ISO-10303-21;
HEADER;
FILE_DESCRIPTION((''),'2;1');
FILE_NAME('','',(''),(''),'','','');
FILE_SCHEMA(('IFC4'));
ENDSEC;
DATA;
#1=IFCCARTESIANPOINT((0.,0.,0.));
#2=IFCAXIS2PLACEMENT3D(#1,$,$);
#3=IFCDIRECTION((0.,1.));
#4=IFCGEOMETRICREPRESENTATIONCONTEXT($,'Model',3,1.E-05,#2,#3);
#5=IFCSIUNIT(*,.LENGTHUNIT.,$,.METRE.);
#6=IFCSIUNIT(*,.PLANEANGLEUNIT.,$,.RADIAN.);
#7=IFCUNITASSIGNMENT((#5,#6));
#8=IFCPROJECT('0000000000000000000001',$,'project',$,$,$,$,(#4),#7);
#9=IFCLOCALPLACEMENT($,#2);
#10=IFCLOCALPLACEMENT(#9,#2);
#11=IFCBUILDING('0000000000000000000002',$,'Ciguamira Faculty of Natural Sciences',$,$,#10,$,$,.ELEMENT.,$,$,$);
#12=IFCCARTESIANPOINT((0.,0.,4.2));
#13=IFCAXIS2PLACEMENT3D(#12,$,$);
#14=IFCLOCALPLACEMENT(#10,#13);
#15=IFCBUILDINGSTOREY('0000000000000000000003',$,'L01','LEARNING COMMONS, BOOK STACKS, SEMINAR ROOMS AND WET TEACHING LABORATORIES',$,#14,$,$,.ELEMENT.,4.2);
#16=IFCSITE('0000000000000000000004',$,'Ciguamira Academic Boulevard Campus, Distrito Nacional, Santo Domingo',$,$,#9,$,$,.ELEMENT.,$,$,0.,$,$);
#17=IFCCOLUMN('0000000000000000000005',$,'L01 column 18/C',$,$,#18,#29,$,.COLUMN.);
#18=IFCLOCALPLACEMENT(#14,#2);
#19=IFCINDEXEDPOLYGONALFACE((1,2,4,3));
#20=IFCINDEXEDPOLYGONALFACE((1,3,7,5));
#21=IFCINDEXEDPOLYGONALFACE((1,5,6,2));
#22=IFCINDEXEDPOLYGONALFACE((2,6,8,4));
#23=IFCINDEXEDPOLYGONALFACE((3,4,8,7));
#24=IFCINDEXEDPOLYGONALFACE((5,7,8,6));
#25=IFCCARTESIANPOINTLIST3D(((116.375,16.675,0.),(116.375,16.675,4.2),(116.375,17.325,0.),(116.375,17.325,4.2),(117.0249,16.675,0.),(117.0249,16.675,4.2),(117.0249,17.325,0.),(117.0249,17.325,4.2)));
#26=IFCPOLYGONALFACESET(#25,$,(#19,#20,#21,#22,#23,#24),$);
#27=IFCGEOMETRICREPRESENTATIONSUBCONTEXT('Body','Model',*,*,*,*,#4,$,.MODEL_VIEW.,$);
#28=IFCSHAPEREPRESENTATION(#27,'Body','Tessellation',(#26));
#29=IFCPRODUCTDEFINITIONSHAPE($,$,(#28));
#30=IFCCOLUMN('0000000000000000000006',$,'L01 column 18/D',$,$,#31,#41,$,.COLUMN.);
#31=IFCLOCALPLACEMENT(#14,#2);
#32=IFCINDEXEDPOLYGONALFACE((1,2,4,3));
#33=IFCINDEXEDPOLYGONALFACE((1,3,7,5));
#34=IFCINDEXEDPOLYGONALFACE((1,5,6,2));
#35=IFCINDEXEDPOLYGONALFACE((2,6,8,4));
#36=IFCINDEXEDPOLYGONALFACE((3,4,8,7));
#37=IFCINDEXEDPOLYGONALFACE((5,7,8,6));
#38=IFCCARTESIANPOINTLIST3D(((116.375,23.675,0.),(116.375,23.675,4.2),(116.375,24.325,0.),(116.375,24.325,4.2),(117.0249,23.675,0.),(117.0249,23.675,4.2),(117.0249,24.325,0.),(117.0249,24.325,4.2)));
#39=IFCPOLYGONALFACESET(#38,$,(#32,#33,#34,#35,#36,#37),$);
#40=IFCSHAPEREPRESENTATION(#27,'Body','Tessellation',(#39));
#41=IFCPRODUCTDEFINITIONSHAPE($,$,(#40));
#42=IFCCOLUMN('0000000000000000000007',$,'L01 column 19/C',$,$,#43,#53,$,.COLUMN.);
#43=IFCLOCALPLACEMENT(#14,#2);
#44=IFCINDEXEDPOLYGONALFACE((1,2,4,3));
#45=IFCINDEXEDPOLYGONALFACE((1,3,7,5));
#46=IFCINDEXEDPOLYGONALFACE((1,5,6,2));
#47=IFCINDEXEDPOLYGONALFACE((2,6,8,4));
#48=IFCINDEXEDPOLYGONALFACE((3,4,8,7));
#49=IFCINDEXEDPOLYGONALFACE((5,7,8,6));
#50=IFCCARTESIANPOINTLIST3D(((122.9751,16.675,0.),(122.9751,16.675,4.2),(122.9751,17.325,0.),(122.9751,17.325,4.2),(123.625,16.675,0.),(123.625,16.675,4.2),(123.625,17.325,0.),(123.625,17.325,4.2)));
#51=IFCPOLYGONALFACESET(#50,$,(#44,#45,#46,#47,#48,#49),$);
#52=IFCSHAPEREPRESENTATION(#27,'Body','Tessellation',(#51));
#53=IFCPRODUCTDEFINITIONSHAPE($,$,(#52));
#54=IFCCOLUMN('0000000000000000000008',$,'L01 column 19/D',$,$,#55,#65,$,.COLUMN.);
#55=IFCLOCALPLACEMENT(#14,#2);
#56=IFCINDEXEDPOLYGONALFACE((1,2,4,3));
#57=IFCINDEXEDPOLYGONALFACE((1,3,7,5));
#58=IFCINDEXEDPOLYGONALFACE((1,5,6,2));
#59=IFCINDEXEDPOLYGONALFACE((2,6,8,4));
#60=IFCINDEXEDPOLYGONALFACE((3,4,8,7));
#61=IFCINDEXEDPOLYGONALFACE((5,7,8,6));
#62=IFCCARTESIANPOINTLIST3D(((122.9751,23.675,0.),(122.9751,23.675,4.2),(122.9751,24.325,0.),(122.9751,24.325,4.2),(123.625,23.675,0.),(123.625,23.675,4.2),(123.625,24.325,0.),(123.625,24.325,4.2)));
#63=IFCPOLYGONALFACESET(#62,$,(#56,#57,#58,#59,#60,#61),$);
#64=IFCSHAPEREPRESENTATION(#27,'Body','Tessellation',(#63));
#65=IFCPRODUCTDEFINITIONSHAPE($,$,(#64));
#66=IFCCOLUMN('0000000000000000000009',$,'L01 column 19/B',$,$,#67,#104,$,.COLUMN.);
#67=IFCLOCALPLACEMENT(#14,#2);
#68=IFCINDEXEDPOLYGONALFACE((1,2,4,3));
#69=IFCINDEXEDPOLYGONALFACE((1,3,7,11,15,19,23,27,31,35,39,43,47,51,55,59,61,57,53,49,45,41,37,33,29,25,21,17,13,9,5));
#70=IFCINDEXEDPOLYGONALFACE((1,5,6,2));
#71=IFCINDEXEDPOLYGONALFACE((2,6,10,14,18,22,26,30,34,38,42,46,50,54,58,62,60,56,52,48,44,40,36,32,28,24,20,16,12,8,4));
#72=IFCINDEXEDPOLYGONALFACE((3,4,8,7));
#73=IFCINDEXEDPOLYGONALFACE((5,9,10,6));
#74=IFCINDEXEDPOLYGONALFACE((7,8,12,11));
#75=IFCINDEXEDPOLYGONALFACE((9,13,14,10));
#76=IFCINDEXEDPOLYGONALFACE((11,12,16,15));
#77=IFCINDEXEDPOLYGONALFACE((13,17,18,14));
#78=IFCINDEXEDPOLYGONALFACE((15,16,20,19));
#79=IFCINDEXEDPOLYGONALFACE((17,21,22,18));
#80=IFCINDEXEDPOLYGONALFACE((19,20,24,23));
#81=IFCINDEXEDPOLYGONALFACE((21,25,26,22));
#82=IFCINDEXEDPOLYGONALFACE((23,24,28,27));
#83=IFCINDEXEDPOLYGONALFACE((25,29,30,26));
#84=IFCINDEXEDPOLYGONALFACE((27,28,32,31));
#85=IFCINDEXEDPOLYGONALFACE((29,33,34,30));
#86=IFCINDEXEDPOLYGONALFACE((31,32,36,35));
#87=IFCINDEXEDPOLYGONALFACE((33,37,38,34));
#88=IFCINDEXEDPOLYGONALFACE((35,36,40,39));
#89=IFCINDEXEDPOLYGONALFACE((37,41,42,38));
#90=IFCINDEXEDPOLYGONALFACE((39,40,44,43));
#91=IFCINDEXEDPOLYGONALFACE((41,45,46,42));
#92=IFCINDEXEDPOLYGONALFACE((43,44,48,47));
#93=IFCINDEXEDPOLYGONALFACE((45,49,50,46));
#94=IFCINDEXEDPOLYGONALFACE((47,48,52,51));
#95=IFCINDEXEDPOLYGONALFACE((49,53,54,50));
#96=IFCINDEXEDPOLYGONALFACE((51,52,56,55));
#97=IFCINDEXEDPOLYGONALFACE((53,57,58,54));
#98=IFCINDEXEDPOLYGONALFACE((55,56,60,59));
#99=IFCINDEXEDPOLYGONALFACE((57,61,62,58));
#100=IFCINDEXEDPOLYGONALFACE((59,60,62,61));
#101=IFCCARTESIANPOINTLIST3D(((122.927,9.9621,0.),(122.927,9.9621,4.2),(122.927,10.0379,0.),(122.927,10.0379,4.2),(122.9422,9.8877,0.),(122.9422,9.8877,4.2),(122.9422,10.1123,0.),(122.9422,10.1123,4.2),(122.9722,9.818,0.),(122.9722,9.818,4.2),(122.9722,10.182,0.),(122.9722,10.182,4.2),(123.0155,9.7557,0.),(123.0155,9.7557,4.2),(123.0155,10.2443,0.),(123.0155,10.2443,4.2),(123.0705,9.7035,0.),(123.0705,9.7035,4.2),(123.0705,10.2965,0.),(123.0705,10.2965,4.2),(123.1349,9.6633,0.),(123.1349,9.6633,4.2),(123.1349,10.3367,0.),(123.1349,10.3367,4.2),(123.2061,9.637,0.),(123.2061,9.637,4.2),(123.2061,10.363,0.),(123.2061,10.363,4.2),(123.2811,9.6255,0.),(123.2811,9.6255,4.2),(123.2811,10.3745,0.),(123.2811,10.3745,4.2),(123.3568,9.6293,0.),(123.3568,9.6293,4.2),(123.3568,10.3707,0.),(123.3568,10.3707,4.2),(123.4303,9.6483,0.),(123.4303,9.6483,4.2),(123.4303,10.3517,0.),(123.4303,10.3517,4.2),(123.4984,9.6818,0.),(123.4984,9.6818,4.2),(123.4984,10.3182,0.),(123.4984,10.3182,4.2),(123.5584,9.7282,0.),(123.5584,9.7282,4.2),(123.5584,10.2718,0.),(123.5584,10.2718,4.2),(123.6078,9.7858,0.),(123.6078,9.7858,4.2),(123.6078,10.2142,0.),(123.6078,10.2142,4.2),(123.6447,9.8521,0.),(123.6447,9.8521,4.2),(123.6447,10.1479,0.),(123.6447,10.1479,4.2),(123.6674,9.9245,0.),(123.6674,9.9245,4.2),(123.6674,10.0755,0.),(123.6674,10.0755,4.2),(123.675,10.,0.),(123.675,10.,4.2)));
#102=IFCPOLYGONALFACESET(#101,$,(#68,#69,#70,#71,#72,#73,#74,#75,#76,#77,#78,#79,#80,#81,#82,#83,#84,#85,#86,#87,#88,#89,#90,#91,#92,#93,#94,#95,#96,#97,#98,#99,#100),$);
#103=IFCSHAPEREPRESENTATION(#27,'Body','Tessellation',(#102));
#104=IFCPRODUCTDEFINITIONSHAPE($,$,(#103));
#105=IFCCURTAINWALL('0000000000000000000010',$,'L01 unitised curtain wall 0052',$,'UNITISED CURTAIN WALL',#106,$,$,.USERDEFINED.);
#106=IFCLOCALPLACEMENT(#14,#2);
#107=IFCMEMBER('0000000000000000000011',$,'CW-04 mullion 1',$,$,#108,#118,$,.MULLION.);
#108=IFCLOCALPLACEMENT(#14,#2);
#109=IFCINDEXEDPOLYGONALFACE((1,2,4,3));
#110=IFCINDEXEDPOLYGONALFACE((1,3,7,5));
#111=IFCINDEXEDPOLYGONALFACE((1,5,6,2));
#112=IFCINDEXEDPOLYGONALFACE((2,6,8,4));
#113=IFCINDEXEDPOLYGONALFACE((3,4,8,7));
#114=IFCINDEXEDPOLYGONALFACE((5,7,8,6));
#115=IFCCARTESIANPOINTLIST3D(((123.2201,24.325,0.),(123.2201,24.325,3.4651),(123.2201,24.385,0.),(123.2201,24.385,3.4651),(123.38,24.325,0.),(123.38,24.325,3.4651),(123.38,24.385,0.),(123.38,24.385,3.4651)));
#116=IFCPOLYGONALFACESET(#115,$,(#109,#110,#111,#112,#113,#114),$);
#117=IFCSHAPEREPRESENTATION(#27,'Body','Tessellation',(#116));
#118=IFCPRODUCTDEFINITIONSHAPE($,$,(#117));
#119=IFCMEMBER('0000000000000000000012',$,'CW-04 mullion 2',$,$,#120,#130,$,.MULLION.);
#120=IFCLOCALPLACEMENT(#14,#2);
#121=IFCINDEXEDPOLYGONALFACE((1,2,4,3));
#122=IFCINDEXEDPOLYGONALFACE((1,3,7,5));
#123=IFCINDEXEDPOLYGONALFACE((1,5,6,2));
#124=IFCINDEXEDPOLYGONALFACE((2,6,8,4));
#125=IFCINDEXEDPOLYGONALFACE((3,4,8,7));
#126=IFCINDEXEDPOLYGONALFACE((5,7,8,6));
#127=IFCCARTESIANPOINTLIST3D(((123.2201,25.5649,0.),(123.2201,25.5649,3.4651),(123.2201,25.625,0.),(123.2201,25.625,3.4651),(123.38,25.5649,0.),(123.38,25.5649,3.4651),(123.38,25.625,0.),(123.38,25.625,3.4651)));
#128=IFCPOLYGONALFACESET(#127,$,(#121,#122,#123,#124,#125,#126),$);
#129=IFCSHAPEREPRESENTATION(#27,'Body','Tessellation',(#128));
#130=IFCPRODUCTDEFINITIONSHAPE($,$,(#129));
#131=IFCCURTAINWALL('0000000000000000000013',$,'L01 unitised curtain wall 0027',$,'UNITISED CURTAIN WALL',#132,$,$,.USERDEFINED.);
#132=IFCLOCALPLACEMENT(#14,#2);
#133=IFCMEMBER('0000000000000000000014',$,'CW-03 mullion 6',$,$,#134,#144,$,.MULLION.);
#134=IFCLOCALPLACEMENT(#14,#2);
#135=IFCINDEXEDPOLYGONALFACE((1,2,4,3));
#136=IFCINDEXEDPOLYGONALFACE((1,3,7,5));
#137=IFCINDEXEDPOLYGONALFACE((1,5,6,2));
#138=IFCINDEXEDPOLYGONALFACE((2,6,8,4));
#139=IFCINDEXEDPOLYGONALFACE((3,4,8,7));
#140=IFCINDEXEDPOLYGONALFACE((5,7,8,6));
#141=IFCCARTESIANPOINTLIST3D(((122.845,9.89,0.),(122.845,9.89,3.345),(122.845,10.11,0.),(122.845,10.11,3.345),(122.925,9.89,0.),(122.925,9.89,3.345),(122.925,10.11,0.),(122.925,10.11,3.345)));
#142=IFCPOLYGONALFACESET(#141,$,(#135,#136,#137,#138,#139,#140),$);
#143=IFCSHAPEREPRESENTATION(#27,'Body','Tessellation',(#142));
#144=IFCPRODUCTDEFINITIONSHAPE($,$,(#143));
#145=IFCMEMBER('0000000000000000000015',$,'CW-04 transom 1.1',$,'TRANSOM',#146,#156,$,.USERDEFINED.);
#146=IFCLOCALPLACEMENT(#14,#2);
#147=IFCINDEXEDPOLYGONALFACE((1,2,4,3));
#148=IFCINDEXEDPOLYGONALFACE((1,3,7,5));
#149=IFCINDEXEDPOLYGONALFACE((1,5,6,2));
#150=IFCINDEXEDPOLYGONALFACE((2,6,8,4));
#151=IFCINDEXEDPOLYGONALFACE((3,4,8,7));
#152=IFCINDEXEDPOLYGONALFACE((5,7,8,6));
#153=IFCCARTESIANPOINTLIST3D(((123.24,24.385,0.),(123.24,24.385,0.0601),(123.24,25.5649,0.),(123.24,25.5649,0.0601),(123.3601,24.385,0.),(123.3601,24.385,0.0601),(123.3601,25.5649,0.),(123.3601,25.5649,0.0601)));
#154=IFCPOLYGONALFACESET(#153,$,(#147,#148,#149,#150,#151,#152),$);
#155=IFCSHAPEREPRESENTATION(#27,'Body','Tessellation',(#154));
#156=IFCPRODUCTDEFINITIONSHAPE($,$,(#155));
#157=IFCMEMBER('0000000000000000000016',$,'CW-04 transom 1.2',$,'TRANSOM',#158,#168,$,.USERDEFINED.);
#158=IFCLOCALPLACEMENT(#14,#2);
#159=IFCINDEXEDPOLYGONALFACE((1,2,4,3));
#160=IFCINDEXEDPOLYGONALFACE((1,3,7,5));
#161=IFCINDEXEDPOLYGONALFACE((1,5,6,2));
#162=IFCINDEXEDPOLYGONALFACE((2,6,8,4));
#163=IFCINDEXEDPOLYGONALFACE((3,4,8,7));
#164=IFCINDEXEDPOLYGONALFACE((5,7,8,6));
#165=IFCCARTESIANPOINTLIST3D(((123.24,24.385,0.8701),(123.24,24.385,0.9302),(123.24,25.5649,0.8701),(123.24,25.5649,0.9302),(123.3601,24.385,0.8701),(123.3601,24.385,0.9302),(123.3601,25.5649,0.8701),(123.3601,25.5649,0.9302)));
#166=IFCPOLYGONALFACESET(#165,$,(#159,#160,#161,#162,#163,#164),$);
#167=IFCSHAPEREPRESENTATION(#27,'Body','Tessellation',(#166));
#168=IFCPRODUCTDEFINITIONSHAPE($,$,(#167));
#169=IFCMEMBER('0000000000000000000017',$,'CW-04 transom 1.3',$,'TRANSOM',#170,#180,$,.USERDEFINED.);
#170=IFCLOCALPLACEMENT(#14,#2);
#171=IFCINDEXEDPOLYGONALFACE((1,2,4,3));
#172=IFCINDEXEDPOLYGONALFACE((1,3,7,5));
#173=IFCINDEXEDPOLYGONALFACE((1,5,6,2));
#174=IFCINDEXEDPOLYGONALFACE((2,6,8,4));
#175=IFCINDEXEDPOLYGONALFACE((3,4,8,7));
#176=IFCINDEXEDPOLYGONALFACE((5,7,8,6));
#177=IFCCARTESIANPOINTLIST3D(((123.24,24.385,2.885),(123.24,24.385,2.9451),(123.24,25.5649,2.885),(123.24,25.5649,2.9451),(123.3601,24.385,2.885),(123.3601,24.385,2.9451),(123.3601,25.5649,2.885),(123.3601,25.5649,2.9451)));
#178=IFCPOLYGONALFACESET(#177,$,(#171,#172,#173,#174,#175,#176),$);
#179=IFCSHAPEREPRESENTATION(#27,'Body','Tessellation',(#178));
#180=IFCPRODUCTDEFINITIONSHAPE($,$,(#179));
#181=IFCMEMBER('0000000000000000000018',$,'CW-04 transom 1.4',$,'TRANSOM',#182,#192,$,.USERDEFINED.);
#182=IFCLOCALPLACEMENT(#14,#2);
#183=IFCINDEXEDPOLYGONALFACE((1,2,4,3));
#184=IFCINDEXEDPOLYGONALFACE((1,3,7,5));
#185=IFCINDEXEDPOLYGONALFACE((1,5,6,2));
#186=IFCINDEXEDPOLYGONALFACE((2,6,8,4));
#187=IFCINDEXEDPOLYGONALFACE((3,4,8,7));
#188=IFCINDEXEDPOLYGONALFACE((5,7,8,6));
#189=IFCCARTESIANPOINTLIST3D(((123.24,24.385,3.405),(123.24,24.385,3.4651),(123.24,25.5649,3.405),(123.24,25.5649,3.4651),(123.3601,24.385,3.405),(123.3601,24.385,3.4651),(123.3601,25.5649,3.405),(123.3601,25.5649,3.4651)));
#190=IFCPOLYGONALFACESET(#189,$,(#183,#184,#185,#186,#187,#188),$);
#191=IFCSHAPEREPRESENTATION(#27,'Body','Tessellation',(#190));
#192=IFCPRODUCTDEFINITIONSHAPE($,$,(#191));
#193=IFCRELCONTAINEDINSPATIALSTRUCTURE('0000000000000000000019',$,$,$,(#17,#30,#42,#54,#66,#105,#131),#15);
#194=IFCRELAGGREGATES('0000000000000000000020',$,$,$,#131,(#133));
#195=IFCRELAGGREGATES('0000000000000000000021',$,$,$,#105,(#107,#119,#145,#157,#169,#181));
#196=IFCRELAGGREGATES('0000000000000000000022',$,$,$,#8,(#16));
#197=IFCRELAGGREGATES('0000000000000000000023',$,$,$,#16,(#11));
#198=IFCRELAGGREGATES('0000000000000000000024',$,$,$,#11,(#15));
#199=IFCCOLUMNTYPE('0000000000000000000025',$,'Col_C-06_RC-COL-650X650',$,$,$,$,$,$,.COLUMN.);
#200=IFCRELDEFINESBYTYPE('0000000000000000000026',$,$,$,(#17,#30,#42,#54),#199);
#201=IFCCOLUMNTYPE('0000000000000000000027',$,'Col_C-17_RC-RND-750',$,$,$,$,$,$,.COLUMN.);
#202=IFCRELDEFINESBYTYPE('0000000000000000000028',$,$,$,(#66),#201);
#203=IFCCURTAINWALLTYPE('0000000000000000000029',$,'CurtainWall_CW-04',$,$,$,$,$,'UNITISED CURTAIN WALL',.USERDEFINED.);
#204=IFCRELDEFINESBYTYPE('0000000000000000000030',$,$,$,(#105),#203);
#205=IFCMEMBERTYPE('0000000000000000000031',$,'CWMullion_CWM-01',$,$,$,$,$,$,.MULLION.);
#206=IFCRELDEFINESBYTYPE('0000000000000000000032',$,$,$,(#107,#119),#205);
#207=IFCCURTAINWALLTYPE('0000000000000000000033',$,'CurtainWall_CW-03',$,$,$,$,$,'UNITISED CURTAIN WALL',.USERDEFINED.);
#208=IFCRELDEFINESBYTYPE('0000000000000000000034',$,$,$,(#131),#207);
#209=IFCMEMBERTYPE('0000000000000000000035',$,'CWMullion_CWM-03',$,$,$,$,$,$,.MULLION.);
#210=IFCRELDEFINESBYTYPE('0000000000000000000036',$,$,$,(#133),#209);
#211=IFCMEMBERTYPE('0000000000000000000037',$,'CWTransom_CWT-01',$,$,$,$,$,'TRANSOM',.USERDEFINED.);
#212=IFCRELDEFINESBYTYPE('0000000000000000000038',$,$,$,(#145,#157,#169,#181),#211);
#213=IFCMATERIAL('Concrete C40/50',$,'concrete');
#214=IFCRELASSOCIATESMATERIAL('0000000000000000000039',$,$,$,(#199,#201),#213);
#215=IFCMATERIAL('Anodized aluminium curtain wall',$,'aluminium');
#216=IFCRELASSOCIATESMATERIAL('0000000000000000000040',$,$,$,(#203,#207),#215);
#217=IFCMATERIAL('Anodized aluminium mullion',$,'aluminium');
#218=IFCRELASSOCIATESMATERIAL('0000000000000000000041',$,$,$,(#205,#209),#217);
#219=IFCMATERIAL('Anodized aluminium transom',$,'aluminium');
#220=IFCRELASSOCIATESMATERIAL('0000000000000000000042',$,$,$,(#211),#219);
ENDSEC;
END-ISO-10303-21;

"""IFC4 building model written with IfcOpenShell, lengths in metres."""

from ifc_helpers import new_model, si_unit, direction, frame, origin, origin_2d, place, context, subcontext, project, spatial, rectangle, circle, extrude, material, material_profile, profile_set, type_object, element, aggregate, save


model = new_model("IFC4")

# Units and contexts
model_context = context("Model", 3, precision=1e-05, world=origin(), true_north=direction((0.0, 1.0)))
body_context = subcontext(model_context, "Body", "Model", "MODEL_VIEW")
ifc_project = project(units=[si_unit("LENGTHUNIT", "METRE"), si_unit("PLANEANGLEUNIT", "RADIAN")], contexts=[model_context])

# Site, building, storey
site_placement = place(None, origin())
site = spatial("IfcSite", under=ifc_project, at=site_placement, Name="Ciguamira Academic Boulevard Campus, Distrito Nacional, Santo Domingo", CompositionType="ELEMENT", RefElevation=0.0)
building_placement = place(site_placement, origin())
building = spatial("IfcBuilding", under=site, at=building_placement, Name="Ciguamira Faculty of Natural Sciences", CompositionType="ELEMENT")
storey_placement = place(building_placement, frame((0.0, 0.0, 4.2)))
storey = spatial("IfcBuildingStorey", under=building, at=storey_placement, Name="L01", Description="LEARNING COMMONS, BOOK STACKS, SEMINAR ROOMS AND WET TEACHING LABORATORIES", CompositionType="ELEMENT", Elevation=4.2)

# Columns
ifc_material_1 = material(Name="Concrete C40/50", Category="concrete")
ifc_material_profile_1 = material_profile(ifc_material_1, rectangle(XDim=0.6499, YDim=0.6499, at=origin_2d()), Name="RC-COL-650X650")
ifc_profile_set_1 = profile_set([ifc_material_profile_1], Name="Concrete C40/50")
column_type_1 = type_object("IfcColumnType", Name="Col_C-06_RC-COL-650X650", PredefinedType="COLUMN", material=ifc_profile_set_1)
for number, where, z_axis, x_axis, name in (
    (1, (116.7, 17.0, 0.0), (0.0, 0.0, 1.0), (1.0, 0.0, 0.0), "L01 column 18/C"),
    (2, (116.7, 24.0, 0.0), (0.0, 0.0, 1.0), (1.0, 0.0, 0.0), "L01 column 18/D"),
    (3, (123.3, 17.0, 0.0), (0.0, 0.0, 1.0), (1.0, 0.0, 0.0), "L01 column 19/C"),
    (4, (123.3, 24.0, 0.0), (0.0, 0.0, 1.0), (1.0, 0.0, 0.0), "L01 column 19/D"),
):
    element("IfcColumn", number, at=place(storey_placement, frame(where, z_axis=z_axis, x_axis=x_axis)), inside=storey, type_object=column_type_1, Name=name, PredefinedType="COLUMN", context=body_context, shape_type="SweptSolid", body=[
        extrude(rectangle(XDim=0.6499, YDim=0.6499, at=origin_2d()), origin(), (0.0, 0.0, 1.0), 4.2),
    ])
ifc_material_profile_2 = material_profile(ifc_material_1, circle(Radius=0.375, at=origin_2d()), Name="RC-RND-750")
ifc_profile_set_2 = profile_set([ifc_material_profile_2], Name="Concrete C40/50")
column_type_2 = type_object("IfcColumnType", Name="Col_C-17_RC-RND-750", PredefinedType="COLUMN", material=ifc_profile_set_2)
column_placement = place(storey_placement, frame((123.3, 10.0, 0.0), z_axis=(0.0, 0.0, 1.0), x_axis=(1.0, 0.0, 0.0)))
element("IfcColumn", 5, at=column_placement, inside=storey, type_object=column_type_2, Name="L01 column 19/B", PredefinedType="COLUMN", context=body_context, shape_type="SweptSolid", body=[
    extrude(circle(Radius=0.375, at=origin_2d()), origin(), (0.0, 0.0, 1.0), 4.2),
])

# Curtain wall, members
ifc_material_2 = material(Name="Anodized aluminium curtain wall", Category="aluminium")
curtain_wall_type_1 = type_object("IfcCurtainWallType", Name="CurtainWall_CW-04", ElementType="UNITISED CURTAIN WALL", PredefinedType="USERDEFINED", material=ifc_material_2)
curtain_wall_1_placement = place(storey_placement, origin())
curtain_wall_1 = element("IfcCurtainWall", 6, at=curtain_wall_1_placement, inside=storey, type_object=curtain_wall_type_1, Name="L01 unitised curtain wall 0052", ObjectType="UNITISED CURTAIN WALL", PredefinedType="USERDEFINED")
ifc_material_3 = material(Name="Anodized aluminium mullion", Category="aluminium")
ifc_material_profile_3 = material_profile(ifc_material_3, rectangle(XDim=0.0601, YDim=0.1599, at=origin_2d()), Name="ALU-MUL-60X160")
ifc_profile_set_3 = profile_set([ifc_material_profile_3], Name="Anodized aluminium mullion")
member_type_1 = type_object("IfcMemberType", Name="CWMullion_CWM-01", PredefinedType="MULLION", material=ifc_profile_set_3)
member_1_placement = place(storey_placement, frame((123.3, 24.355, 0.0), z_axis=(0.0, 0.0, 1.0), x_axis=(0.0, 1.0, 0.0)))
member_1 = element("IfcMember", 7, at=member_1_placement, type_object=member_type_1, Name="CW-04 mullion 1", PredefinedType="MULLION", context=body_context, shape_type="SweptSolid", body=[
    extrude(rectangle(XDim=0.0601, YDim=0.1599, at=origin_2d()), origin(), (0.0, 0.0, 1.0), 3.4651),
])
member_2_placement = place(storey_placement, frame((123.3, 25.595, 0.0), z_axis=(0.0, 0.0, 1.0), x_axis=(0.0, 1.0, 0.0)))
member_2 = element("IfcMember", 8, at=member_2_placement, type_object=member_type_1, Name="CW-04 mullion 2", PredefinedType="MULLION", context=body_context, shape_type="SweptSolid", body=[
    extrude(rectangle(XDim=0.0601, YDim=0.1599, at=origin_2d()), origin(), (0.0, 0.0, 1.0), 3.4651),
])

# Curtain wall, member
curtain_wall_type_2 = type_object("IfcCurtainWallType", Name="CurtainWall_CW-03", ElementType="UNITISED CURTAIN WALL", PredefinedType="USERDEFINED", material=ifc_material_2)
curtain_wall_2_placement = place(storey_placement, origin())
curtain_wall_2 = element("IfcCurtainWall", 9, at=curtain_wall_2_placement, inside=storey, type_object=curtain_wall_type_2, Name="L01 unitised curtain wall 0027", ObjectType="UNITISED CURTAIN WALL", PredefinedType="USERDEFINED")
ifc_material_profile_4 = material_profile(ifc_material_3, rectangle(XDim=0.0801, YDim=0.22, at=origin_2d()), Name="ALU-MUL-80X220")
ifc_profile_set_4 = profile_set([ifc_material_profile_4], Name="Anodized aluminium mullion")
member_type_2 = type_object("IfcMemberType", Name="CWMullion_CWM-03", PredefinedType="MULLION", material=ifc_profile_set_4)
member_3_placement = place(storey_placement, frame((122.885, 10.0, 0.0), z_axis=(0.0, 0.0, 1.0), x_axis=(1.0, 0.0, 0.0)))
member_3 = element("IfcMember", 10, at=member_3_placement, type_object=member_type_2, Name="CW-03 mullion 6", PredefinedType="MULLION", context=body_context, shape_type="SweptSolid", body=[
    extrude(rectangle(XDim=0.0801, YDim=0.22, at=origin_2d()), origin(), (0.0, 0.0, 1.0), 3.345),
])

# Members
ifc_material_4 = material(Name="Anodized aluminium transom", Category="aluminium")
ifc_material_profile_5 = material_profile(ifc_material_4, rectangle(XDim=0.0601, YDim=0.1201, at=origin_2d()), Name="ALU-TRN-60X120")
ifc_profile_set_5 = profile_set([ifc_material_profile_5], Name="Anodized aluminium transom")
member_type_3 = type_object("IfcMemberType", Name="CWTransom_CWT-01", ElementType="TRANSOM", PredefinedType="USERDEFINED", material=ifc_profile_set_5)
member_4_placement = place(storey_placement, frame((123.3, 24.385, 0.03), z_axis=(0.0, 1.0, 0.0), x_axis=(0.0, 0.0, 1.0)))
member_4 = element("IfcMember", 11, at=member_4_placement, type_object=member_type_3, Name="CW-04 transom 1.1", ObjectType="TRANSOM", PredefinedType="USERDEFINED", context=body_context, shape_type="SweptSolid", body=[
    extrude(rectangle(XDim=0.0601, YDim=0.1201, at=origin_2d()), origin(), (0.0, 0.0, 1.0), 1.1799),
])
member_5_placement = place(storey_placement, frame((123.3, 24.385, 0.9001), z_axis=(0.0, 1.0, 0.0), x_axis=(0.0, 0.0, 1.0)))
member_5 = element("IfcMember", 12, at=member_5_placement, type_object=member_type_3, Name="CW-04 transom 1.2", ObjectType="TRANSOM", PredefinedType="USERDEFINED", context=body_context, shape_type="SweptSolid", body=[
    extrude(rectangle(XDim=0.0601, YDim=0.1201, at=origin_2d()), origin(), (0.0, 0.0, 1.0), 1.1799),
])
member_6_placement = place(storey_placement, frame((123.3, 24.385, 2.915), z_axis=(0.0, 1.0, 0.0), x_axis=(0.0, 0.0, 1.0)))
member_6 = element("IfcMember", 13, at=member_6_placement, type_object=member_type_3, Name="CW-04 transom 1.3", ObjectType="TRANSOM", PredefinedType="USERDEFINED", context=body_context, shape_type="SweptSolid", body=[
    extrude(rectangle(XDim=0.0601, YDim=0.1201, at=origin_2d()), origin(), (0.0, 0.0, 1.0), 1.1799),
])
member_7_placement = place(storey_placement, frame((123.3, 24.385, 3.4351), z_axis=(0.0, 1.0, 0.0), x_axis=(0.0, 0.0, 1.0)))
member_7 = element("IfcMember", 14, at=member_7_placement, type_object=member_type_3, Name="CW-04 transom 1.4", ObjectType="TRANSOM", PredefinedType="USERDEFINED", context=body_context, shape_type="SweptSolid", body=[
    extrude(rectangle(XDim=0.0601, YDim=0.1201, at=origin_2d()), origin(), (0.0, 0.0, 1.0), 1.1799),
])

aggregate(curtain_wall_2, [member_3])
aggregate(curtain_wall_1, [member_1, member_2, member_4, member_5, member_6, member_7])

save(model, "model.ifc")
